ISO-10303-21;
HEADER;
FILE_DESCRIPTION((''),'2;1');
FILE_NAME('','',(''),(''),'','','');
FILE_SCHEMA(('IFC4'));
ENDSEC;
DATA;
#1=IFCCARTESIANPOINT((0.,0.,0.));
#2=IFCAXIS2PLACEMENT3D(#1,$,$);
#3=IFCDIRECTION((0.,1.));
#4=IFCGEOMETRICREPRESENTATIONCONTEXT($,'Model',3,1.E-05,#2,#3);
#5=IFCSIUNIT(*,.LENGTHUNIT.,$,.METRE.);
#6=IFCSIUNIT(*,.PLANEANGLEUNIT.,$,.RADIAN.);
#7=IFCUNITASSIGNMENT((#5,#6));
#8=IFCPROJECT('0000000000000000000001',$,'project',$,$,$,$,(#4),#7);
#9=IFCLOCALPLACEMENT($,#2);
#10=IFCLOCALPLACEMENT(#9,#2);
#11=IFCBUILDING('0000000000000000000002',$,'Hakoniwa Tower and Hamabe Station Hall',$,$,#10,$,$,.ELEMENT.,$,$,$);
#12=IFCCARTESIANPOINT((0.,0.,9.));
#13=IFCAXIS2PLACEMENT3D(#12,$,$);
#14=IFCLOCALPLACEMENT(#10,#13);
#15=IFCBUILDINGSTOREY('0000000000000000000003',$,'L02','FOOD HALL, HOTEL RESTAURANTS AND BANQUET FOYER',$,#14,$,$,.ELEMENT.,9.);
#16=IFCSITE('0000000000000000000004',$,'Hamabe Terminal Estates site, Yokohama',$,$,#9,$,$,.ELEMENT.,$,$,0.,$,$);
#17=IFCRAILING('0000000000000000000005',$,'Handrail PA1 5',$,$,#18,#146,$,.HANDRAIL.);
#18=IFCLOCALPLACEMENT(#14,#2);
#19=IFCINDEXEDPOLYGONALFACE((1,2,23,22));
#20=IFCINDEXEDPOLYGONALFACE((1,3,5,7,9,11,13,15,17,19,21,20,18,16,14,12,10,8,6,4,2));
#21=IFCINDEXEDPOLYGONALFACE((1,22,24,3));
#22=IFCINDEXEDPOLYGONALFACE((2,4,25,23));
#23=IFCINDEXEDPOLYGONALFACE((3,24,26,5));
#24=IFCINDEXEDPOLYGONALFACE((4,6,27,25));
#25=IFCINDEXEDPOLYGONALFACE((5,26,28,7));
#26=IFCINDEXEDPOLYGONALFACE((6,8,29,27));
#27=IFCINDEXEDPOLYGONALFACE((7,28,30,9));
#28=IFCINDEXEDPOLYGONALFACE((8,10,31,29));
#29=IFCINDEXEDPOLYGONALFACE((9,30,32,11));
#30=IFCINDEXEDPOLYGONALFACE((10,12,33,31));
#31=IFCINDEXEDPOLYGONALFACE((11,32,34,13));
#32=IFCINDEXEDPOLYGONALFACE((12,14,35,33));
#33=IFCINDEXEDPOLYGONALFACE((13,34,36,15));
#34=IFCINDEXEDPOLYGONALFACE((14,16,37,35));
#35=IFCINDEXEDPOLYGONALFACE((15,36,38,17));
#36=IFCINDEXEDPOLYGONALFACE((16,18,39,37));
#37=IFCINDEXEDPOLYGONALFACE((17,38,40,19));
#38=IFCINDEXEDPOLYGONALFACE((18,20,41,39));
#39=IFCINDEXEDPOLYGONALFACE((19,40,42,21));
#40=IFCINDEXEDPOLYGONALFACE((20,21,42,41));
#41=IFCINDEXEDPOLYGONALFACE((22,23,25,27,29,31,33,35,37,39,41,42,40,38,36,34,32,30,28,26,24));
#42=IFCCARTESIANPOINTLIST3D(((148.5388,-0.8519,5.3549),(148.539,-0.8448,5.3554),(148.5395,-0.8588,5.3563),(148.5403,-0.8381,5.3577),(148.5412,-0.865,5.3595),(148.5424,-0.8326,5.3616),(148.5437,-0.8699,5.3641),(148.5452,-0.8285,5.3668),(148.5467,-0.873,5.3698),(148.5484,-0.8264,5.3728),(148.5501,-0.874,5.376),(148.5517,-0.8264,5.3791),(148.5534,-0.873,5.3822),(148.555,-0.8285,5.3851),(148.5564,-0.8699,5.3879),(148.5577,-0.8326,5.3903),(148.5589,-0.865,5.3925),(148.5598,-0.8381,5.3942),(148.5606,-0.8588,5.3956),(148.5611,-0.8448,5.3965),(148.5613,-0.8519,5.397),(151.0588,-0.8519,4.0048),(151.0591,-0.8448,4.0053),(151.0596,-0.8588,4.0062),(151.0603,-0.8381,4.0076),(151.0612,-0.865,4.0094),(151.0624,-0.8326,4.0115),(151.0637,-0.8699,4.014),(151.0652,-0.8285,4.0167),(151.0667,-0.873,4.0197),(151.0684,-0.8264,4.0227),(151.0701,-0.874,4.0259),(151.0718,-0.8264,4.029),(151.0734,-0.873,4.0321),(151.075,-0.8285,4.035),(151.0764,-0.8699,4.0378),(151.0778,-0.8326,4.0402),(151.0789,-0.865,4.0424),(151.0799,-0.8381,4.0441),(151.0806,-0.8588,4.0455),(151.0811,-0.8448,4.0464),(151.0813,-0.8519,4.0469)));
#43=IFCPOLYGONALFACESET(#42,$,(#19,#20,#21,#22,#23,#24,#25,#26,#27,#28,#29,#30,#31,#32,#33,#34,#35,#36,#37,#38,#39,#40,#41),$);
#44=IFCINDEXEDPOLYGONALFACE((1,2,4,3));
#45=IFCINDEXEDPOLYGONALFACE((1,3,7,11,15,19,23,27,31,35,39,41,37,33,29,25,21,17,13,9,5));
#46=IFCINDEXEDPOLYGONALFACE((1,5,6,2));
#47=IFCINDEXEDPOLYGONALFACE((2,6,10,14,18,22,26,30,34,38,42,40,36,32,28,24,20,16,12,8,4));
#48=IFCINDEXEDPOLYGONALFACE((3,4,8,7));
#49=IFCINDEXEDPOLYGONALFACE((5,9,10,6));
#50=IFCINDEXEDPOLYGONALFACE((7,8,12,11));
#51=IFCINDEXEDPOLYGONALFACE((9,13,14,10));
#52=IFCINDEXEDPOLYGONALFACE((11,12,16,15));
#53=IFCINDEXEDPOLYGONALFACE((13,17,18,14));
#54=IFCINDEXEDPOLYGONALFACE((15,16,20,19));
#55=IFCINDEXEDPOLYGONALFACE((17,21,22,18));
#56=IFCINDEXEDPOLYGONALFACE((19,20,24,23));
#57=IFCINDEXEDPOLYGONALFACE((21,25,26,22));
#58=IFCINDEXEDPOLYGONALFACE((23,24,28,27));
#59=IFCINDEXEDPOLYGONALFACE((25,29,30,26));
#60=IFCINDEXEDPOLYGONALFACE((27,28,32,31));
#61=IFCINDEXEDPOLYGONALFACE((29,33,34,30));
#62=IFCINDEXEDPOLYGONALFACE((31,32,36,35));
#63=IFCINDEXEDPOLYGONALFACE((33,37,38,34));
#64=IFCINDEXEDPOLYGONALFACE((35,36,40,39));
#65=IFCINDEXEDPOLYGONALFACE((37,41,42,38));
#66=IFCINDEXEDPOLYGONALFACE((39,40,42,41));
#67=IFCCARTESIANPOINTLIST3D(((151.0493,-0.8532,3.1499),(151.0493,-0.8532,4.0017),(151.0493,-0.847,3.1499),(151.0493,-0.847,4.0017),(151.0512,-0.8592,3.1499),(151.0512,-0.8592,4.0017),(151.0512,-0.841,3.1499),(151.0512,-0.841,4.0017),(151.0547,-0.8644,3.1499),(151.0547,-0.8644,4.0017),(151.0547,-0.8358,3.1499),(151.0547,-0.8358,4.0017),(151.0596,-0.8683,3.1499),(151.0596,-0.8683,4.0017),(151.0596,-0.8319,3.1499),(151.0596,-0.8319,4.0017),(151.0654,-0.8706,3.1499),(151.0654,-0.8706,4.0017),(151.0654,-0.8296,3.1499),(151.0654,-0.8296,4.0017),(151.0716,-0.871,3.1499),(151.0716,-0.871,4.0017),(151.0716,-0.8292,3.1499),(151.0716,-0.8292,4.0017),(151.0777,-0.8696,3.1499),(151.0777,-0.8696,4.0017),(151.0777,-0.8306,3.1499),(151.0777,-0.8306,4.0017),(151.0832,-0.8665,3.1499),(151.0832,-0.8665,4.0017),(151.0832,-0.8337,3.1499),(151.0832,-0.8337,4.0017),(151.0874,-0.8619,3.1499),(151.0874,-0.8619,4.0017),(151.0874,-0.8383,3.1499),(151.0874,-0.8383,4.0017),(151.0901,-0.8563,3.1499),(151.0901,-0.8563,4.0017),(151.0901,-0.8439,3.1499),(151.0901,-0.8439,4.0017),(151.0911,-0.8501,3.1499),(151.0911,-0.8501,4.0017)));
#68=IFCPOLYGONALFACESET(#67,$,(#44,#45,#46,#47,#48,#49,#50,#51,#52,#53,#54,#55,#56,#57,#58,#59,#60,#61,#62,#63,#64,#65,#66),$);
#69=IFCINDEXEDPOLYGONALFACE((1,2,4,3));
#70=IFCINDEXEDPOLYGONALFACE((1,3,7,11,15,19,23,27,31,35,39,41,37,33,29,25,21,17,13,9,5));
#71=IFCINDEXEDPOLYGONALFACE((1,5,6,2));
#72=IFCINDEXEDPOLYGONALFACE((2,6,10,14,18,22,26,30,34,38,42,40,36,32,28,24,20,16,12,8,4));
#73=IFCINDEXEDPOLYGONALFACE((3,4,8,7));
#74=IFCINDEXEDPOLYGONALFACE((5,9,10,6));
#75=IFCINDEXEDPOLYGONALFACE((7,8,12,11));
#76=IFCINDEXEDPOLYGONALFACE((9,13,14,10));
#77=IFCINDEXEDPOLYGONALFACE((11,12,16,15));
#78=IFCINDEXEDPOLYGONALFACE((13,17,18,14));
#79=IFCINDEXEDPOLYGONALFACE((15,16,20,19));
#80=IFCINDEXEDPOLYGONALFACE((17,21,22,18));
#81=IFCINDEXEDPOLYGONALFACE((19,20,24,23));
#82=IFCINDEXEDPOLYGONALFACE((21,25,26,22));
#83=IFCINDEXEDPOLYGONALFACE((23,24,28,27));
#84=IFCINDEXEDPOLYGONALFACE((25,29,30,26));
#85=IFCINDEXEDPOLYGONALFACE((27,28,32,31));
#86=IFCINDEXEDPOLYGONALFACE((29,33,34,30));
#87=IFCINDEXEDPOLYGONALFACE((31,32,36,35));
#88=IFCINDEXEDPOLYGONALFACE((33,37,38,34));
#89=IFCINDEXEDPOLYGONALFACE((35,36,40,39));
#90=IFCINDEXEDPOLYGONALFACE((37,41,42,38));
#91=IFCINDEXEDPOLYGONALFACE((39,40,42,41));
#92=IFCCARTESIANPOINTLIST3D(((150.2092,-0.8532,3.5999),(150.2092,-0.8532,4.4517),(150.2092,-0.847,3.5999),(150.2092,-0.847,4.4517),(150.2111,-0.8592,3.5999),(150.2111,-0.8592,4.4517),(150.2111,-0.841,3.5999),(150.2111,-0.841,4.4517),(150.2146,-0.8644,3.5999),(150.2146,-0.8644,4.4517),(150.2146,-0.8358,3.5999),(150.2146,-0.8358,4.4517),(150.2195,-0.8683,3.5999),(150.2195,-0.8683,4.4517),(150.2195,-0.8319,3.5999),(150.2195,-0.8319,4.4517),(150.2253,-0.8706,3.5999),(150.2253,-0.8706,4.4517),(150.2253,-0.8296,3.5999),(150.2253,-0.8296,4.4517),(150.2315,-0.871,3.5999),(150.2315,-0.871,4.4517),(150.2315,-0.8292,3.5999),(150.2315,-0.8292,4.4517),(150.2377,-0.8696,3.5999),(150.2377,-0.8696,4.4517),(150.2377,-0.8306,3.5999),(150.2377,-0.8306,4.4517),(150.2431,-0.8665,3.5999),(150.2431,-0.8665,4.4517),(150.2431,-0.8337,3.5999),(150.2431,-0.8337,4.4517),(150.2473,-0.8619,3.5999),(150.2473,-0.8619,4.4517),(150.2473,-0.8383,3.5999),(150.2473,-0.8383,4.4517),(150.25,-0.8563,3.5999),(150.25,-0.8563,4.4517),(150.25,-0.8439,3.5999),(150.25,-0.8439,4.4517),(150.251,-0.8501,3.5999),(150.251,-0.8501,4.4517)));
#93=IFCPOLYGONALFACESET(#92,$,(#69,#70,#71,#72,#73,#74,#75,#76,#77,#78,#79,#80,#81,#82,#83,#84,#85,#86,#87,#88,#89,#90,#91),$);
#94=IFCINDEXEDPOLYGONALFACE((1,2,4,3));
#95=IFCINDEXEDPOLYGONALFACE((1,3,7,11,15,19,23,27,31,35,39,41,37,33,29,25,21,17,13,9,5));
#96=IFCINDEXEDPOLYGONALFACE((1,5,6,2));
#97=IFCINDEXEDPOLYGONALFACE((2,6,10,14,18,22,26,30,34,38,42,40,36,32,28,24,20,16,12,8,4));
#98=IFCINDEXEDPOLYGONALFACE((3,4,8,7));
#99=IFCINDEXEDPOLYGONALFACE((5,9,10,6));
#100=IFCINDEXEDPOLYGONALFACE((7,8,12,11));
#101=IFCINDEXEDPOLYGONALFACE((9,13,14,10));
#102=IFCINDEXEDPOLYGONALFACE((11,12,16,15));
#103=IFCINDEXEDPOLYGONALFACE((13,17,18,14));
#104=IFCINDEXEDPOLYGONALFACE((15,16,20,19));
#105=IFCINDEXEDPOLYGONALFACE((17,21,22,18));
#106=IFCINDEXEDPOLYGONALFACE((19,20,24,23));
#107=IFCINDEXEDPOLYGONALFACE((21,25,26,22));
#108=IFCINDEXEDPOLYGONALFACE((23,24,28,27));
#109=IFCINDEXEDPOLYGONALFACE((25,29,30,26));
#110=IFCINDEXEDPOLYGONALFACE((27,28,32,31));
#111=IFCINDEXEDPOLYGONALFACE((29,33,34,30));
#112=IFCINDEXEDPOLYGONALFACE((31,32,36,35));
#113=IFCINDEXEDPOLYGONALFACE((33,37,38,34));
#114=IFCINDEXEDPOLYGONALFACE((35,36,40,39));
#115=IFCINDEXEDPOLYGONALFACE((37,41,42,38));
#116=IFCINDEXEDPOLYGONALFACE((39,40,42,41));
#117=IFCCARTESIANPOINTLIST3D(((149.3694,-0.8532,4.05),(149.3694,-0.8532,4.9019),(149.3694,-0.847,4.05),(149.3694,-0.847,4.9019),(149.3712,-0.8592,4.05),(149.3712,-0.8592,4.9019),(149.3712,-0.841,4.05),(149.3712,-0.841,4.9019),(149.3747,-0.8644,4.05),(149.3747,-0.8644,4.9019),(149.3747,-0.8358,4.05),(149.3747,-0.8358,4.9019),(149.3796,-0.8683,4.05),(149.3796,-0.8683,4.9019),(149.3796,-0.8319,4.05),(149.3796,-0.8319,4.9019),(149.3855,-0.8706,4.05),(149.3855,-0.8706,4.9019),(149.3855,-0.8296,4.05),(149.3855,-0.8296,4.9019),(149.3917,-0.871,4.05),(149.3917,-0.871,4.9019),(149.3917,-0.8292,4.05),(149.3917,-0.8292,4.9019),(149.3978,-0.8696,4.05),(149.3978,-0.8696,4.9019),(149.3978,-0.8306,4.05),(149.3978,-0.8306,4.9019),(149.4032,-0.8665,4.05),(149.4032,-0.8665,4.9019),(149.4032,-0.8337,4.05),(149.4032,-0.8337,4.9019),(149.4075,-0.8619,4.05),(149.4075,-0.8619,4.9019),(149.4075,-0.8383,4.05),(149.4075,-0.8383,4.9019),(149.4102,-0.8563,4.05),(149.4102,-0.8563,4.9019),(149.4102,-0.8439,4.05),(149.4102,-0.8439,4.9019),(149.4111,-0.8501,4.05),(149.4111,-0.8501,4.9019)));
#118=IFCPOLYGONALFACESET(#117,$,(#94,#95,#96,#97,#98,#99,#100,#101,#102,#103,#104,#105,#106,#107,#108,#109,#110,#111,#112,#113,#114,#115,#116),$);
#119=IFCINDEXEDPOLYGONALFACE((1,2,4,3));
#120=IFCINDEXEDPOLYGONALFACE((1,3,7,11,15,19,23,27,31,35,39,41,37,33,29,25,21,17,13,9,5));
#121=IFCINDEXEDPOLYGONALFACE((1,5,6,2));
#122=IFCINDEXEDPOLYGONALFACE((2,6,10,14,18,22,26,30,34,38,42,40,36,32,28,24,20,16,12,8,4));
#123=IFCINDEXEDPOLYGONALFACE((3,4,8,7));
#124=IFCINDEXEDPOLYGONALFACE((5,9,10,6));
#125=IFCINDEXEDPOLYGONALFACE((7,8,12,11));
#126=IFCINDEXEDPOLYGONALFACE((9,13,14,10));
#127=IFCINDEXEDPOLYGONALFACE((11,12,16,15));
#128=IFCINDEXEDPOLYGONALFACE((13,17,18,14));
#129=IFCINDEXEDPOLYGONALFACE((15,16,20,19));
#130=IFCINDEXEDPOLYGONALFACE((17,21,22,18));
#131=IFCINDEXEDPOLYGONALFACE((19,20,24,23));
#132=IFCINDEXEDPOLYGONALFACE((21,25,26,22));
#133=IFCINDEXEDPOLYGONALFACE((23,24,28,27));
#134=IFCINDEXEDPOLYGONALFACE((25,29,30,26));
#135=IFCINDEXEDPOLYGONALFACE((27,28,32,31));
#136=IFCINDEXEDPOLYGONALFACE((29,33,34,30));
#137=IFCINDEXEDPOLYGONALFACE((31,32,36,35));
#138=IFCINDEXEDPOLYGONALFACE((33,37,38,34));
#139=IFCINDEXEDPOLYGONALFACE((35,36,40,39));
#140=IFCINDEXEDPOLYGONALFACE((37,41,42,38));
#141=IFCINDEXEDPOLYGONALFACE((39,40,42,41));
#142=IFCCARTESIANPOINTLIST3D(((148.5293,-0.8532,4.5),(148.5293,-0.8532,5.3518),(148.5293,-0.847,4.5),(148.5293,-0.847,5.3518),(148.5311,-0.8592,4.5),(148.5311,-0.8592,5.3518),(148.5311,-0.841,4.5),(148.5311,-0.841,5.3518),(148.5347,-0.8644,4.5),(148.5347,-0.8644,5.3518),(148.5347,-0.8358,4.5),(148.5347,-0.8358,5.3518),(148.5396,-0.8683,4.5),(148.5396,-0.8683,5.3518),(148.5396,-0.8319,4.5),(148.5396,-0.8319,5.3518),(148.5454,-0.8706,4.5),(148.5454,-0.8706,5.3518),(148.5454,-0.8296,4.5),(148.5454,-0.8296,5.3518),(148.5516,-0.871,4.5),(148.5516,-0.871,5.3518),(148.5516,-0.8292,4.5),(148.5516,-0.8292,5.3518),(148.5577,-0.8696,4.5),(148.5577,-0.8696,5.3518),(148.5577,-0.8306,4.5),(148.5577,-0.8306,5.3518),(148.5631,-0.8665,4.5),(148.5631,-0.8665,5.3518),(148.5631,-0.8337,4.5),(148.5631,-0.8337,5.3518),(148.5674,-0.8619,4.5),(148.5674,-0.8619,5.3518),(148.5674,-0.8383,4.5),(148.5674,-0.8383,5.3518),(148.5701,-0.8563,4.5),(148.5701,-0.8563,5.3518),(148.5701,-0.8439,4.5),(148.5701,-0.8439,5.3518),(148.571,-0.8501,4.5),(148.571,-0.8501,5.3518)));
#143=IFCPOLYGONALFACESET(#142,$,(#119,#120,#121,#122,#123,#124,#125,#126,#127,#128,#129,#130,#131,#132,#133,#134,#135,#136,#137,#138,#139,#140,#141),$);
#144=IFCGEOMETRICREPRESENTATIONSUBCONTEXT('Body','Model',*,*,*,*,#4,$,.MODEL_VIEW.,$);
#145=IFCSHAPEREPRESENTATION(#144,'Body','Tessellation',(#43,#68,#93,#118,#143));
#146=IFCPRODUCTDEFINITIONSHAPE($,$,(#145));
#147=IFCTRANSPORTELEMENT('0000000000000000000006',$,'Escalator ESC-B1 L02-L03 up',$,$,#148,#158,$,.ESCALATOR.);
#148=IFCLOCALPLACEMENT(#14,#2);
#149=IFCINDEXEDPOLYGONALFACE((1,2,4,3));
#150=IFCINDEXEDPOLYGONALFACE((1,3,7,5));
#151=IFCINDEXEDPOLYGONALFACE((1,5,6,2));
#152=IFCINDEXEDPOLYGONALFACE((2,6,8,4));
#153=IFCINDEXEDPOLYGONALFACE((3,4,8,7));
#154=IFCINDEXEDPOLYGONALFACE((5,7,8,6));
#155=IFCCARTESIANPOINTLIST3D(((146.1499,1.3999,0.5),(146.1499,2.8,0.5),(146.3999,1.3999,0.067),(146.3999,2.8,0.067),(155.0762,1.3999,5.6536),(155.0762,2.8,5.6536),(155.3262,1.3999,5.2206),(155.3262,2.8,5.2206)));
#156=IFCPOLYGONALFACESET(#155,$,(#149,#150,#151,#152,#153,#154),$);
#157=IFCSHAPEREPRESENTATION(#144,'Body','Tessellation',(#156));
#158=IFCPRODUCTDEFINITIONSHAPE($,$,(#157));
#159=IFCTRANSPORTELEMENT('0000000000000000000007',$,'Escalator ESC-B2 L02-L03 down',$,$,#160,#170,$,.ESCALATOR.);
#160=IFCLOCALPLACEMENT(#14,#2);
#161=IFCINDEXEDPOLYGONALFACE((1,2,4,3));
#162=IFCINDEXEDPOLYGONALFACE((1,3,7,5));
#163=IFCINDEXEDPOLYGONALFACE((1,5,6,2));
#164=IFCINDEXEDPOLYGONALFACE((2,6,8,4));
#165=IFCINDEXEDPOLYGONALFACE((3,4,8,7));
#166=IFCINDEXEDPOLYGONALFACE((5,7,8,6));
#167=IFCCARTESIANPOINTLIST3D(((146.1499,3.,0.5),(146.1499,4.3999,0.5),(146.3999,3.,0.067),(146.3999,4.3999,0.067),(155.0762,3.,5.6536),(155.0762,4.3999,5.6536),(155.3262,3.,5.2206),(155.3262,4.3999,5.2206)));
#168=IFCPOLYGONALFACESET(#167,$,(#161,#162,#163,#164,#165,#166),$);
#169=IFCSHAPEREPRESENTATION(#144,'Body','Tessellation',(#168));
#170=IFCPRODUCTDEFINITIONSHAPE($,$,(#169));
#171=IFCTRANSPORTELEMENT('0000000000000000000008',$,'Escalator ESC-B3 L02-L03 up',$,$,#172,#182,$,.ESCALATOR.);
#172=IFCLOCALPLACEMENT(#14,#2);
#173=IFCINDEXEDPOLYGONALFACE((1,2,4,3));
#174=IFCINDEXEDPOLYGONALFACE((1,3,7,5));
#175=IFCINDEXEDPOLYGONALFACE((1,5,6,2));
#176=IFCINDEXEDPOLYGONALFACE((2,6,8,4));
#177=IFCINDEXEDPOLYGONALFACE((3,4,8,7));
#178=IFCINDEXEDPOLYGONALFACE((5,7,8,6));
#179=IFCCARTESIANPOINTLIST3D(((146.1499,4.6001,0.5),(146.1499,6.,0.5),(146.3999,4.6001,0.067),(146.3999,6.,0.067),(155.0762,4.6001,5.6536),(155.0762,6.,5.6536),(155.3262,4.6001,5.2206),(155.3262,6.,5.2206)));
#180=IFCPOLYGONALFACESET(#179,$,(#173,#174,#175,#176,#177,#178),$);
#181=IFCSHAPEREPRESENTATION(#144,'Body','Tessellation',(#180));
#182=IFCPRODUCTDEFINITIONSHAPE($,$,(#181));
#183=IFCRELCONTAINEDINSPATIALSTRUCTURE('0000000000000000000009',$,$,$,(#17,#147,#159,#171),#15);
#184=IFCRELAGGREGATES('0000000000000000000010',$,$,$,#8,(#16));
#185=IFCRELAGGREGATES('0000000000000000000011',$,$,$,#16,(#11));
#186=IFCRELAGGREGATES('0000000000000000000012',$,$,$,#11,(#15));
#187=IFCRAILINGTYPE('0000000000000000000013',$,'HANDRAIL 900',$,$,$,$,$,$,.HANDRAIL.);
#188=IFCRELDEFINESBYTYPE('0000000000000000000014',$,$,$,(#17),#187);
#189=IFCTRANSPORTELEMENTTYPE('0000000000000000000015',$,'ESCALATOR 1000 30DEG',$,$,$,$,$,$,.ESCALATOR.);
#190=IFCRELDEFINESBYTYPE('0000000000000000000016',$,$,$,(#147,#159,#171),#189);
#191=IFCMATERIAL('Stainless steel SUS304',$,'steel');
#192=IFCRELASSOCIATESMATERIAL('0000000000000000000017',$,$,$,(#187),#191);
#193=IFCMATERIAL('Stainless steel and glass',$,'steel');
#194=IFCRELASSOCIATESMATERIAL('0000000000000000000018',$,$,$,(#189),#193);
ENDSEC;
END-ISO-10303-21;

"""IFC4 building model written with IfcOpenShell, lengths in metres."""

from ifc_helpers import new_model, si_unit, direction, frame, origin, origin_2d, place, context, subcontext, project, spatial, polyline, circle, outline, extrude, material, type_object, element, save


model = new_model("IFC4")

# Units and contexts
model_context = context("Model", 3, precision=1e-05, world=origin(), true_north=direction((0.0, 1.0)))
body_context = subcontext(model_context, "Body", "Model", "MODEL_VIEW")
ifc_project = project(units=[si_unit("LENGTHUNIT", "METRE"), si_unit("PLANEANGLEUNIT", "RADIAN")], contexts=[model_context])

# Site, building, storey
site_placement = place(None, origin())
site = spatial("IfcSite", under=ifc_project, at=site_placement, Name="Hamabe Terminal Estates site, Yokohama", CompositionType="ELEMENT", RefElevation=0.0)
building_placement = place(site_placement, origin())
building = spatial("IfcBuilding", under=site, at=building_placement, Name="Hakoniwa Tower and Hamabe Station Hall", CompositionType="ELEMENT")
storey_placement = place(building_placement, frame((0.0, 0.0, 9.0)))
storey = spatial("IfcBuildingStorey", under=building, at=storey_placement, Name="L02", Description="FOOD HALL, HOTEL RESTAURANTS AND BANQUET FOYER", CompositionType="ELEMENT", Elevation=9.0)

# Railing
ifc_material_1 = material(Name="Stainless steel SUS304", Category="steel")
railing_type_1 = type_object("IfcRailingType", Name="HANDRAIL 900", PredefinedType="HANDRAIL", material=ifc_material_1)
for number, where, name in (
    (1, (151.0701, -0.8501, 3.1499), "Handrail PA1 5"),
):
    element("IfcRailing", number, at=place(storey_placement, frame(where)), inside=storey, type_object=railing_type_1, Name=name, PredefinedType="HANDRAIL", context=body_context, shape_type="SweptSolid", body=[
        extrude(circle(Radius=0.0239, at=origin_2d()), frame((0.0, 0.0, 0.876), z_axis=(-0.881467, 0.0, 0.472245), x_axis=(0.0, -1.0, 0.0)), (0.0, 0.0, 1.0), 2.8589),
        extrude(circle(Radius=0.021, at=origin_2d()), origin(), (0.0, 0.0, 1.0), 0.8518),
        extrude(circle(Radius=0.021, at=origin_2d()), frame((-0.8401, 0.0, 0.45)), (0.0, 0.0, 1.0), 0.8518),
        extrude(circle(Radius=0.021, at=origin_2d()), frame((-1.6799, 0.0, 0.9001)), (0.0, 0.0, 1.0), 0.8518),
        extrude(circle(Radius=0.021, at=origin_2d()), frame((-2.52, 0.0, 1.3501)), (0.0, 0.0, 1.0), 0.8518),
    ])

# Transport elements
ifc_material_2 = material(Name="Stainless steel and glass", Category="steel")
transport_element_type = type_object("IfcTransportElementType", Name="ESCALATOR 1000 30DEG", PredefinedType="ESCALATOR", material=ifc_material_2)
transport_element_placement = place(storey_placement, frame((146.1499, 1.3999, 0.5), z_axis=(-0.499999, 0.0, 0.866026), x_axis=(0.866026, 0.0, 0.499999)))
element("IfcTransportElement", 2, at=transport_element_placement, inside=storey, type_object=transport_element_type, Name="Escalator ESC-B1 L02-L03 up", PredefinedType="ESCALATOR", context=body_context, shape_type="SweptSolid", body=[
    extrude(outline(polyline([(0.0, 0.0), (10.3072, 0.0), (10.3072, 1.4001), (0.0, 1.4001), (0.0, 0.0)])), origin(), (0.0, 0.0, -1.0), 0.5),
])
for number, where, z_axis, x_axis, name in (
    (3, (146.1499, 3.0, 0.5), (-0.499999, 0.0, 0.866026), (0.866026, 0.0, 0.499999), "Escalator ESC-B2 L02-L03 down"),
    (4, (146.1499, 4.6001, 0.5), (-0.499999, 0.0, 0.866026), (0.866026, 0.0, 0.499999), "Escalator ESC-B3 L02-L03 up"),
):
    element("IfcTransportElement", number, at=place(storey_placement, frame(where, z_axis=z_axis, x_axis=x_axis)), inside=storey, type_object=transport_element_type, Name=name, PredefinedType="ESCALATOR", context=body_context, shape_type="SweptSolid", body=[
        extrude(outline(polyline([(0.0, 0.0), (10.3072, 0.0), (10.3072, 1.3999), (0.0, 1.3999), (0.0, 0.0)])), origin(), (0.0, 0.0, -1.0), 0.5),
    ])

save(model, "model.ifc")
